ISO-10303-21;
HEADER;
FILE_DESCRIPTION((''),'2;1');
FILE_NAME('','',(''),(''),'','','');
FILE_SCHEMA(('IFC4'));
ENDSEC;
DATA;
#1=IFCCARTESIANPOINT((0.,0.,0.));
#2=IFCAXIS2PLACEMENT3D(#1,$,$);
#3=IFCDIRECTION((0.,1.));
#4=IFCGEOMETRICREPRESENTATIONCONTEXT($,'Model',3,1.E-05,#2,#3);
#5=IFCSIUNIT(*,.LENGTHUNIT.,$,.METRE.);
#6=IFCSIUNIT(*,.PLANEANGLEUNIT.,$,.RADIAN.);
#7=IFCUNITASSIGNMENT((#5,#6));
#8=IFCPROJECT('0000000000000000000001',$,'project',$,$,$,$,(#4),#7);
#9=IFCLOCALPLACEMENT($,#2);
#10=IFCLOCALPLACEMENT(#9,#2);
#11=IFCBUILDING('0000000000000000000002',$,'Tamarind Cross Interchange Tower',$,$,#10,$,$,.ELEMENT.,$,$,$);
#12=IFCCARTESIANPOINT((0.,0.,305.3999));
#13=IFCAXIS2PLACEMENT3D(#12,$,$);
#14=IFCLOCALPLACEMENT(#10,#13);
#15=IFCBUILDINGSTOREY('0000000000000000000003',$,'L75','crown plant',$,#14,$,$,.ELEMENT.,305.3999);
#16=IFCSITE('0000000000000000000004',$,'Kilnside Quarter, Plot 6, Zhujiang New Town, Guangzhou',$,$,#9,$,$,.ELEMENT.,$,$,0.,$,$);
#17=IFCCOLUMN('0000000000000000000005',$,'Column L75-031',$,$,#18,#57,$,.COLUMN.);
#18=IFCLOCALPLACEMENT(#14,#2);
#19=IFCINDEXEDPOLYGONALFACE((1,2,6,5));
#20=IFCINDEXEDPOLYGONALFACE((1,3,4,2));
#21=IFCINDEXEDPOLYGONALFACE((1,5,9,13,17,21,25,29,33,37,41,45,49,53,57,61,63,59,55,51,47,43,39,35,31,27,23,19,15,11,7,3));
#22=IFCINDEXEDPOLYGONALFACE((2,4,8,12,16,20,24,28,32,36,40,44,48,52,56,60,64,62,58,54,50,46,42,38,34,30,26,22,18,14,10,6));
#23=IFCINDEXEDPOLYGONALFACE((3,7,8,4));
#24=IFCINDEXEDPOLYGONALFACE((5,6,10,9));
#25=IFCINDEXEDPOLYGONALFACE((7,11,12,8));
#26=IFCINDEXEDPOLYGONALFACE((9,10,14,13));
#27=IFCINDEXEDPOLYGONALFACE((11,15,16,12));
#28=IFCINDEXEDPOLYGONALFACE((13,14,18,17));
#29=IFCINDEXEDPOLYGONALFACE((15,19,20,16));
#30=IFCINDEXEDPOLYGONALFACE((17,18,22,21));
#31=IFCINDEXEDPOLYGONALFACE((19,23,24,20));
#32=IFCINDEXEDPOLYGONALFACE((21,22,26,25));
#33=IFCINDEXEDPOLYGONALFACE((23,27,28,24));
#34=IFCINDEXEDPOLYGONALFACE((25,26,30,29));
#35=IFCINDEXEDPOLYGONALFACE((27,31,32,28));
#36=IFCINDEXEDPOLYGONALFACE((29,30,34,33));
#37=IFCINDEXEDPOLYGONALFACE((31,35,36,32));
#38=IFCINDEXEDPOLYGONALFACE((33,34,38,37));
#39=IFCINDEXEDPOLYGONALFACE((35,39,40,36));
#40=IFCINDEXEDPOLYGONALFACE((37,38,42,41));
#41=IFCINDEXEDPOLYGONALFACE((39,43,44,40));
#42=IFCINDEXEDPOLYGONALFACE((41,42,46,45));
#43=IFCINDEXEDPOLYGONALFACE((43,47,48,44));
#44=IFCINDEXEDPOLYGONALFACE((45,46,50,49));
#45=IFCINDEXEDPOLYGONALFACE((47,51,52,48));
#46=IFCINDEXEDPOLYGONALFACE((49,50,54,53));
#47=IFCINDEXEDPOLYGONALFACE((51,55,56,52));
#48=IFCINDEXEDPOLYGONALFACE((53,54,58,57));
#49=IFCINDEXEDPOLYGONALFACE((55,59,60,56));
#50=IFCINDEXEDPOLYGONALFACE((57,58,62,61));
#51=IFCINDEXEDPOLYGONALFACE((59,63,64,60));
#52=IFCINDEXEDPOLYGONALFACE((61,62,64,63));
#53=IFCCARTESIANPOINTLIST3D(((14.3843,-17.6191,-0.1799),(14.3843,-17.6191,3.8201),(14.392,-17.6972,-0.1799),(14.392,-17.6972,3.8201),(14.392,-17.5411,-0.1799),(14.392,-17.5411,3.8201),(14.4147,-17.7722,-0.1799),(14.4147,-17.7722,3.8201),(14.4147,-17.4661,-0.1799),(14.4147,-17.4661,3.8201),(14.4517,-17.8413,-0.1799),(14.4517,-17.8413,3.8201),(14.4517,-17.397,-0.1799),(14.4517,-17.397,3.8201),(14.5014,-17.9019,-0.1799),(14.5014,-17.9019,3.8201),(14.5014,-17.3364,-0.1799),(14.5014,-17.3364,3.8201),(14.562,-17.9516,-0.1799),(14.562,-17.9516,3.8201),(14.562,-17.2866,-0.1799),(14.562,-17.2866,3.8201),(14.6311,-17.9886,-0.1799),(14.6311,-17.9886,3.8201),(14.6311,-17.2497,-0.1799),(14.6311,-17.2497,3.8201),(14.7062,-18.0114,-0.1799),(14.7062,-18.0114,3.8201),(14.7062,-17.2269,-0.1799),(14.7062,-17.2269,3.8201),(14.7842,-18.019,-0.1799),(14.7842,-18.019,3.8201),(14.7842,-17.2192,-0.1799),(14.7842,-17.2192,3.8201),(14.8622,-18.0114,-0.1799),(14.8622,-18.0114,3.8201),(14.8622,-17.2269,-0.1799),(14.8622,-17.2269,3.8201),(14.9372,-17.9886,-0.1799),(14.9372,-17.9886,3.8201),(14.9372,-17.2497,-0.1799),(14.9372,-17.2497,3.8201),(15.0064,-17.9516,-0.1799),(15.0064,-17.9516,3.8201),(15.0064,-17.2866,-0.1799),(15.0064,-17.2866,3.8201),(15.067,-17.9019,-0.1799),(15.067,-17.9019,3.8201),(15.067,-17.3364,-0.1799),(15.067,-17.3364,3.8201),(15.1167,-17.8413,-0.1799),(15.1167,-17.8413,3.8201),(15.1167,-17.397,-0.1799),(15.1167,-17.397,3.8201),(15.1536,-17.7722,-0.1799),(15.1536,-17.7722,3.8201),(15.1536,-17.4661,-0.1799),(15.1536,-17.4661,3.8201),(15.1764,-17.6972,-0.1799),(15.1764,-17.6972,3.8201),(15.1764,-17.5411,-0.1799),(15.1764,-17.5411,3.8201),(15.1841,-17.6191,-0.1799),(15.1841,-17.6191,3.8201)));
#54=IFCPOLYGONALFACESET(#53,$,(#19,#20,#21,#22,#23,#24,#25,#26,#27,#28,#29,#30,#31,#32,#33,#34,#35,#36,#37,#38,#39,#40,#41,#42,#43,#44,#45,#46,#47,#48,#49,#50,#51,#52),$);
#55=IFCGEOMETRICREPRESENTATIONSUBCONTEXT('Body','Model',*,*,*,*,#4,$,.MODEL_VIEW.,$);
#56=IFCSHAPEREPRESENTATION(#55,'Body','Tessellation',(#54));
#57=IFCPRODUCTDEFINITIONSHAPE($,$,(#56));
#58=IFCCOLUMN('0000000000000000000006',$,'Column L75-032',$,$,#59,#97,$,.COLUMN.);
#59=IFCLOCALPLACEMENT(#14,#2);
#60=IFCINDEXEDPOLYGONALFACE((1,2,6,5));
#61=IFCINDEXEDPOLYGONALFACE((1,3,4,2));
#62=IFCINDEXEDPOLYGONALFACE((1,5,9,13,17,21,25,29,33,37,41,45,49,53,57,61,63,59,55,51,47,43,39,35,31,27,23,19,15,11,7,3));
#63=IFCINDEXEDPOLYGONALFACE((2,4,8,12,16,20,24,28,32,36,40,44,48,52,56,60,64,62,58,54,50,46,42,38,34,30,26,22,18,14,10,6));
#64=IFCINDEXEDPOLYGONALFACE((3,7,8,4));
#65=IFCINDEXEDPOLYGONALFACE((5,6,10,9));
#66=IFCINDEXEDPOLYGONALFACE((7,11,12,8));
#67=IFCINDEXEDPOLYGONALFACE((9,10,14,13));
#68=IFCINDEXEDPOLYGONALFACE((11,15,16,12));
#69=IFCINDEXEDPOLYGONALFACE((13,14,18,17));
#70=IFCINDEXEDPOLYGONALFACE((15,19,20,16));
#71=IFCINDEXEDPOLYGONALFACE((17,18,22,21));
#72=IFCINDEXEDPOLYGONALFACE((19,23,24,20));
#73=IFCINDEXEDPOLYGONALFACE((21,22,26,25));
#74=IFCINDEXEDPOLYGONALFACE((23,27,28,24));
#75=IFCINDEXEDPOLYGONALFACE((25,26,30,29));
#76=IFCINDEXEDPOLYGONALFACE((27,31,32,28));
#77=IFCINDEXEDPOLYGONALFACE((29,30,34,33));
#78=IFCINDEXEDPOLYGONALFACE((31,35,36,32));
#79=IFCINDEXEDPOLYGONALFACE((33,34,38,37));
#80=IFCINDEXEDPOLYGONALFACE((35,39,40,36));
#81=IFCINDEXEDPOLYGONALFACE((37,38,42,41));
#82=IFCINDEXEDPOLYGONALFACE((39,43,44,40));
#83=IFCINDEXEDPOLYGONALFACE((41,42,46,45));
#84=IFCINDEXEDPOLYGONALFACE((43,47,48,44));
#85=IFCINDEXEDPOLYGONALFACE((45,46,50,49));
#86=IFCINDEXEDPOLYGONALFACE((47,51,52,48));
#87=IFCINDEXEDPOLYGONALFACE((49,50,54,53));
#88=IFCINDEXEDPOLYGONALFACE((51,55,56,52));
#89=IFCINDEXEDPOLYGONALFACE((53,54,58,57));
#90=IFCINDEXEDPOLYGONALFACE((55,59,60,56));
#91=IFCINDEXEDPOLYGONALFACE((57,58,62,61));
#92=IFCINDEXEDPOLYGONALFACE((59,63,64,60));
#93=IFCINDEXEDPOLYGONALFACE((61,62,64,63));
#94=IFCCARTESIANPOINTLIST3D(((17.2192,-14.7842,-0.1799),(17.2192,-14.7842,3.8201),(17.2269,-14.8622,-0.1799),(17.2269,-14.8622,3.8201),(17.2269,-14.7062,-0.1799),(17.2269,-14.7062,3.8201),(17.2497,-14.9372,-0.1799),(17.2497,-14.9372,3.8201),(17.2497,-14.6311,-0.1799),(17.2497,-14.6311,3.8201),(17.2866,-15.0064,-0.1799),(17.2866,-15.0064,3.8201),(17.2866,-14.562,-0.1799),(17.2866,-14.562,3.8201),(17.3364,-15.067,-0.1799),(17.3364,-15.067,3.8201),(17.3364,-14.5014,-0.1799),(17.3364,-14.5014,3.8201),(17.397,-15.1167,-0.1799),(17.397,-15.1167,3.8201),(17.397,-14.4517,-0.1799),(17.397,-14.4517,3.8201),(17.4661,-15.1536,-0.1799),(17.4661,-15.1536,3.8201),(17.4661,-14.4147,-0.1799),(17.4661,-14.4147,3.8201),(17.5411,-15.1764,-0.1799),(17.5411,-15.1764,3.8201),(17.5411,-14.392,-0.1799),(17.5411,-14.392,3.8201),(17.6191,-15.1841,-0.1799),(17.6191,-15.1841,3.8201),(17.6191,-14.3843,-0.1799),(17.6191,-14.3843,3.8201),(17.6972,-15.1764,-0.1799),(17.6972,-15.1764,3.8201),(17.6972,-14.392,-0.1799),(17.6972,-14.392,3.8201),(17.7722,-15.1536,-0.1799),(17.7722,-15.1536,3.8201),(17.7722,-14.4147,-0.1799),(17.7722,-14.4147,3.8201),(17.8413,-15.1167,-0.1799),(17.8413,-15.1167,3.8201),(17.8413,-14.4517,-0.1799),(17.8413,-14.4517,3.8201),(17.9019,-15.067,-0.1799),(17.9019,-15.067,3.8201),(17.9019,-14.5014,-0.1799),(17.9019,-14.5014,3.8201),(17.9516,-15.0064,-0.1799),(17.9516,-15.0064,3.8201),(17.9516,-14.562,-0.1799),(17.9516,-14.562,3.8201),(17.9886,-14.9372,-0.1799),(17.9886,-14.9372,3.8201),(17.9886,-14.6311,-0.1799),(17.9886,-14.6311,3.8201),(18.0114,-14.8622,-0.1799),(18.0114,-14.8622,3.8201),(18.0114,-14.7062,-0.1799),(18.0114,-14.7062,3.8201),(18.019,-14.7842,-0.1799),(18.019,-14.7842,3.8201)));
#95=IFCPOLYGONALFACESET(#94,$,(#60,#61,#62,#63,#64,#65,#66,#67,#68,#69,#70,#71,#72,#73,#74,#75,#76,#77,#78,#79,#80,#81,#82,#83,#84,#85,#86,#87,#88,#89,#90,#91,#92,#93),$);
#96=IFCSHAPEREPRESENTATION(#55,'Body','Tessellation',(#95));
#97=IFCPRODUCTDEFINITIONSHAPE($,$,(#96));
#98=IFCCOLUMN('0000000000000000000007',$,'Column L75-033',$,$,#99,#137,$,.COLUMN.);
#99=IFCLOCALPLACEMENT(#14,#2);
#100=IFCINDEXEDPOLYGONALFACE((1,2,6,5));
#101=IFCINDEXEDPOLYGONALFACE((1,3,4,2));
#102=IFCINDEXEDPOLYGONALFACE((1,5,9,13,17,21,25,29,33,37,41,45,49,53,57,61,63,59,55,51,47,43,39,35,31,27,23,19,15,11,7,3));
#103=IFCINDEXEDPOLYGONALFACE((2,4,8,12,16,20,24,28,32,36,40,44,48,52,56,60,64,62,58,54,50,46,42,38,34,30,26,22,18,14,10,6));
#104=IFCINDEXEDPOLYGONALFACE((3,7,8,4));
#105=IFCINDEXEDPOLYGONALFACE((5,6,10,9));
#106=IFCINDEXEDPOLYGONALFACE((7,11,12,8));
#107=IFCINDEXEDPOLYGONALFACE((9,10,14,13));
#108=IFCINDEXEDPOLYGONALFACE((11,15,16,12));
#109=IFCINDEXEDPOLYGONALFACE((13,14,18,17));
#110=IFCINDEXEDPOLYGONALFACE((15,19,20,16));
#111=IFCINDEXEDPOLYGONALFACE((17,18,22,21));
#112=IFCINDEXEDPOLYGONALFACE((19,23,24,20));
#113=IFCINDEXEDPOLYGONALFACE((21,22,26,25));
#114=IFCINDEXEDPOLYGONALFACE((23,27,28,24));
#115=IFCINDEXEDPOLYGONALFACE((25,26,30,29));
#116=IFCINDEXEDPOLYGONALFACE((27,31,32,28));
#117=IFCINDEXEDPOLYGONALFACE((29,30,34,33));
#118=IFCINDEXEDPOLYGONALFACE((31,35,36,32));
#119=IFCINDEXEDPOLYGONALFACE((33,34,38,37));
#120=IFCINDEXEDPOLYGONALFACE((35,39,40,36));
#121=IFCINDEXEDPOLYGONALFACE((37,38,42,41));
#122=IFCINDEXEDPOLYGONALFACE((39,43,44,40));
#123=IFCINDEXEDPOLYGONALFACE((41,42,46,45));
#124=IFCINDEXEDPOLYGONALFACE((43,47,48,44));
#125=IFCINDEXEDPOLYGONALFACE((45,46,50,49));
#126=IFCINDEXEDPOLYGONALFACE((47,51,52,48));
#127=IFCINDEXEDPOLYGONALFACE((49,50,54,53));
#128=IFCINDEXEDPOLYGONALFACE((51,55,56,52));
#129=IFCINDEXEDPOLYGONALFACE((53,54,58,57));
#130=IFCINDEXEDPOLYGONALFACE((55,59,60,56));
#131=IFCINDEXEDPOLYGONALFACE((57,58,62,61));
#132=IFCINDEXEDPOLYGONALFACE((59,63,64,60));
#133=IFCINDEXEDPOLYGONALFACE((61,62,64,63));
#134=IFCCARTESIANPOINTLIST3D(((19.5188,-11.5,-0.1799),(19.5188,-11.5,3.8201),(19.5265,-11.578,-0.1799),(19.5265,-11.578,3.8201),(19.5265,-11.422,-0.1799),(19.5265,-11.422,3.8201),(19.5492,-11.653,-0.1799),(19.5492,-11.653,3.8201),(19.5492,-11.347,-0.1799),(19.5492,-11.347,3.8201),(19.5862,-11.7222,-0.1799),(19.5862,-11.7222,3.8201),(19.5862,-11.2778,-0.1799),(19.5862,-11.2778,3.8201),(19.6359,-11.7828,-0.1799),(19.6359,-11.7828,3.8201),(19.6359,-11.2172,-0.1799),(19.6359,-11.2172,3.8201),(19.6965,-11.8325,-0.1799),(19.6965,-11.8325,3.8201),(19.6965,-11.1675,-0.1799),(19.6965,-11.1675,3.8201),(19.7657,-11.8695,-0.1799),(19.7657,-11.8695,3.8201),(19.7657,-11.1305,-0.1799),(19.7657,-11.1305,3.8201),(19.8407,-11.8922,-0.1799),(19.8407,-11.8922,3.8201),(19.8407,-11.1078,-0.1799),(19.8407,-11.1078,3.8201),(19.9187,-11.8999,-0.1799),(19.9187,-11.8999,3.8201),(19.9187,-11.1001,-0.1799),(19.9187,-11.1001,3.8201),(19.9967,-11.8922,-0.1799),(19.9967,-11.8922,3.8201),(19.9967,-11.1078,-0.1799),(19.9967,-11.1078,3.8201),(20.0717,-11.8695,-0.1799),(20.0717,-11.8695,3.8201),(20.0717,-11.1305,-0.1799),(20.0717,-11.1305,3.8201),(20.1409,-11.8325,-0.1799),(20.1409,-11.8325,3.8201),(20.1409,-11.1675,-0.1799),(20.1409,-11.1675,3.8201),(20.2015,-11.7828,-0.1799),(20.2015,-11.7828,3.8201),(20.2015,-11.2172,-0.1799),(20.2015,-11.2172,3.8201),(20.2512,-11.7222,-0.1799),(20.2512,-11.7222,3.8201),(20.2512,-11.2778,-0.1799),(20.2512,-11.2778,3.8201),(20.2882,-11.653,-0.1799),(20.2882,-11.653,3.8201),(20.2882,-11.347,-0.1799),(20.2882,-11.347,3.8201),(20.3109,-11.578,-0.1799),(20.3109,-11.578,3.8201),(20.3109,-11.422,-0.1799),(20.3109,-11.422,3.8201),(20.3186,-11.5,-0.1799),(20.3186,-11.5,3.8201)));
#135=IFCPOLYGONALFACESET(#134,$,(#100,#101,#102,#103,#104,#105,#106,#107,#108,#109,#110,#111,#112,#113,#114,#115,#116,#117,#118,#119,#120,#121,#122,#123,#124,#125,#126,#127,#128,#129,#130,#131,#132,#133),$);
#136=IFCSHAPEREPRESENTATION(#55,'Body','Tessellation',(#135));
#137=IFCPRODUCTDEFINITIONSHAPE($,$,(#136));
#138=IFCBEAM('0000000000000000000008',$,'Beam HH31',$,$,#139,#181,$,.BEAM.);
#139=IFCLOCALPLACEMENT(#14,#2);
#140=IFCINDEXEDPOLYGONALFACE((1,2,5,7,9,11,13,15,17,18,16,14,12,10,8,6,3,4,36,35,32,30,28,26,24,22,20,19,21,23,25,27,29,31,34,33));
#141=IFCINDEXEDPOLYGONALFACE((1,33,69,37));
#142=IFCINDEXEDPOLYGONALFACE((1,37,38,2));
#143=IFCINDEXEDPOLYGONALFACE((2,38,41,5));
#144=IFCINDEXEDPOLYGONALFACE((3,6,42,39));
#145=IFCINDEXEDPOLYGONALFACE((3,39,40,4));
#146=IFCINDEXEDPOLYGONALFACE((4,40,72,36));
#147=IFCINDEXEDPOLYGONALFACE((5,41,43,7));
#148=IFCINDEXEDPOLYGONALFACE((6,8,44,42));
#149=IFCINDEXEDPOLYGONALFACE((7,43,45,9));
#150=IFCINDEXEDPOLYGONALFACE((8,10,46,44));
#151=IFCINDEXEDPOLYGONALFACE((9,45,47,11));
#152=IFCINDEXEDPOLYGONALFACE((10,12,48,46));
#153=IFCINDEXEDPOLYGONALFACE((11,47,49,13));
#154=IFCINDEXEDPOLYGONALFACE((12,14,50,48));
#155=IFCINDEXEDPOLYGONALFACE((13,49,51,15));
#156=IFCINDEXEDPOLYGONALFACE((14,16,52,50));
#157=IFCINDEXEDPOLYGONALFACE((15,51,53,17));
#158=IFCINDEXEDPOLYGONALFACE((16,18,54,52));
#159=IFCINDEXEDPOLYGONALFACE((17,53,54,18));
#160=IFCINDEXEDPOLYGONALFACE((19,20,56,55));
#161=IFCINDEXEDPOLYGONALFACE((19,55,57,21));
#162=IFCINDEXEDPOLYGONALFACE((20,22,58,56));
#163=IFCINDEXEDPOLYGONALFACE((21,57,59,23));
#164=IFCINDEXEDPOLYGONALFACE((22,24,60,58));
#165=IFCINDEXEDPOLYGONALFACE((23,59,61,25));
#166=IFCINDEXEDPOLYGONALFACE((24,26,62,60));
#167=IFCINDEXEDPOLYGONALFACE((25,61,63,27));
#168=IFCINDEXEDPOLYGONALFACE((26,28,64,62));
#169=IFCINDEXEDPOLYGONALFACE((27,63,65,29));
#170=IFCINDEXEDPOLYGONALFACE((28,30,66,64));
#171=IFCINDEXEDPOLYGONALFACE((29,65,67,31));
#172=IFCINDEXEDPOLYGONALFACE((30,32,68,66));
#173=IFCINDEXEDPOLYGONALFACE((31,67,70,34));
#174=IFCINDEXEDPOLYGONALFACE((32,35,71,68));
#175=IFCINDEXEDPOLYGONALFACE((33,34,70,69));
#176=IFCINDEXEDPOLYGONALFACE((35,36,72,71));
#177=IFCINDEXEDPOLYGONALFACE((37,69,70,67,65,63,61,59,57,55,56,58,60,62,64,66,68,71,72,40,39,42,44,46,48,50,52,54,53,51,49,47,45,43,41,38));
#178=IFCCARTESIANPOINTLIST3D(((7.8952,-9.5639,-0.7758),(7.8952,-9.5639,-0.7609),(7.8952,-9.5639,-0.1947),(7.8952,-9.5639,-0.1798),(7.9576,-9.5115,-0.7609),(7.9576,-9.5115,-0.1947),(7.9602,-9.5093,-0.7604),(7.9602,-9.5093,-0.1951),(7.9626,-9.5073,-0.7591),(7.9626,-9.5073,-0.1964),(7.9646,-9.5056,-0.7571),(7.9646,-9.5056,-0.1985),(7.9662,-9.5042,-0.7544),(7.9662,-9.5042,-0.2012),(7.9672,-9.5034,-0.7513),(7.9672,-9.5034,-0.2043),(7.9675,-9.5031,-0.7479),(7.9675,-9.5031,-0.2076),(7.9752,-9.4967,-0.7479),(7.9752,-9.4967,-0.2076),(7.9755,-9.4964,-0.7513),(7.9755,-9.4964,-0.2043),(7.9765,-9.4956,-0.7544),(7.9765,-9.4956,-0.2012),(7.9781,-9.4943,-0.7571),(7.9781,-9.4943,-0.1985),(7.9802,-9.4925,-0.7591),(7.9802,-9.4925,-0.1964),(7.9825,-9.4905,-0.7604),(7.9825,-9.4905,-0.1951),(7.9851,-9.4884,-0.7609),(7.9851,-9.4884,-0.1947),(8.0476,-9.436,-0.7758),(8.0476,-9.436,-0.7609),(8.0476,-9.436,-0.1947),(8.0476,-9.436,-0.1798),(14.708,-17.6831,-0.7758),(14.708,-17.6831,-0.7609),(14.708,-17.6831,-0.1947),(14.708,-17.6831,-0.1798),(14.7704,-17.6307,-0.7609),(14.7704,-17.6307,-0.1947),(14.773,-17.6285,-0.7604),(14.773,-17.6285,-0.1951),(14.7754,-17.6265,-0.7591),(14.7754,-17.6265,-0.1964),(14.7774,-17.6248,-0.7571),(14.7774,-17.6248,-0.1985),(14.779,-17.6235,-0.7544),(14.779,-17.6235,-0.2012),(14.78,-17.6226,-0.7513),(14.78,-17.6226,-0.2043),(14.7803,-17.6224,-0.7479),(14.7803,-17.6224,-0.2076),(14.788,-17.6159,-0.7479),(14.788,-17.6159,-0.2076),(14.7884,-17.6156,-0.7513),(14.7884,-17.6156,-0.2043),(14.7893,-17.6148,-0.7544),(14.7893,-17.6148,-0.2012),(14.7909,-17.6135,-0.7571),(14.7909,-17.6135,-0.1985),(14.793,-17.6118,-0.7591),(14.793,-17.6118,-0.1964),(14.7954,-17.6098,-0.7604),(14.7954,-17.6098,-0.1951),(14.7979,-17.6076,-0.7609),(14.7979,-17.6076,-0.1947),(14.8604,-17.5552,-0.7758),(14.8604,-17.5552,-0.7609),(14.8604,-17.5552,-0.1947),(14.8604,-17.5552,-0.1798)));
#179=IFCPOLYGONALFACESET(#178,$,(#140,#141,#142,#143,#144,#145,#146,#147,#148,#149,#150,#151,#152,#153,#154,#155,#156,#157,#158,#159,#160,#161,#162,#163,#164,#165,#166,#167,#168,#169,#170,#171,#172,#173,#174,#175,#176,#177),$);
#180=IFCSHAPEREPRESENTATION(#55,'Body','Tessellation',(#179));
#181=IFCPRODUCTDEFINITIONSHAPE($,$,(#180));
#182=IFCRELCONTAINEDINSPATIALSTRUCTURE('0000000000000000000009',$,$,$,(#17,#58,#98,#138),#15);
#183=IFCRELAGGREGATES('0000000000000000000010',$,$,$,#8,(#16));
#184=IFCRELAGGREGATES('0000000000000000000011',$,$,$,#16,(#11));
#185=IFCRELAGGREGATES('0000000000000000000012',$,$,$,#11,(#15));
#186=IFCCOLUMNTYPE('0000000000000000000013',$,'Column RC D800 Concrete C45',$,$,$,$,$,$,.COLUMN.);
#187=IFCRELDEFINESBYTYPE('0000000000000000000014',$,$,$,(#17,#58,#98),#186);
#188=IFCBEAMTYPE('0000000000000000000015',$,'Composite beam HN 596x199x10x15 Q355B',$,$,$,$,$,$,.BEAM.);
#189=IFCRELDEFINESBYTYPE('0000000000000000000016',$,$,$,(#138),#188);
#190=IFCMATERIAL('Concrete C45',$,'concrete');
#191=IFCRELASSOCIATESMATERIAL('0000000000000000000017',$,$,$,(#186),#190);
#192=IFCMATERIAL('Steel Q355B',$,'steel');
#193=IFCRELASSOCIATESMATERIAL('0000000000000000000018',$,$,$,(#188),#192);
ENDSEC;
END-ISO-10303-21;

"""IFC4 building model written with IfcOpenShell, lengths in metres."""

from ifc_helpers import new_model, si_unit, direction, frame, origin, origin_2d, place, context, subcontext, project, spatial, circle, i_section, extrude, material, material_profile, profile_set, type_object, element, save


model = new_model("IFC4")

# Units and contexts
model_context = context("Model", 3, precision=1e-05, world=origin(), true_north=direction((0.0, 1.0)))
body_context = subcontext(model_context, "Body", "Model", "MODEL_VIEW")
ifc_project = project(units=[si_unit("LENGTHUNIT", "METRE"), si_unit("PLANEANGLEUNIT", "RADIAN")], contexts=[model_context])

# Site, building, storey
site_placement = place(None, origin())
site = spatial("IfcSite", under=ifc_project, at=site_placement, Name="Kilnside Quarter, Plot 6, Zhujiang New Town, Guangzhou", CompositionType="ELEMENT", RefElevation=0.0)
building_placement = place(site_placement, origin())
building = spatial("IfcBuilding", under=site, at=building_placement, Name="Tamarind Cross Interchange Tower", CompositionType="ELEMENT")
storey_placement = place(building_placement, frame((0.0, 0.0, 305.3999)))
storey = spatial("IfcBuildingStorey", under=building, at=storey_placement, Name="L75", Description="crown plant", CompositionType="ELEMENT", Elevation=305.3999)

# Columns
ifc_material_1 = material(Name="Concrete C45", Category="concrete")
ifc_material_profile_1 = material_profile(ifc_material_1, circle(Radius=0.3999, at=origin_2d()), Name="RC D800")
ifc_profile_set_1 = profile_set([ifc_material_profile_1], Name="Concrete C45")
column_type = type_object("IfcColumnType", Name="Column RC D800 Concrete C45", PredefinedType="COLUMN", material=ifc_profile_set_1)
for number, where, z_axis, x_axis, name in (
    (1, (14.7842, -17.6191, -0.1799), (0.0, 0.0, 1.0), (1.0, 0.0, 0.0), "Column L75-031"),
    (2, (17.6191, -14.7842, -0.1799), (0.0, 0.0, 1.0), (1.0, 0.0, 0.0), "Column L75-032"),
    (3, (19.9187, -11.5, -0.1799), (0.0, 0.0, 1.0), (1.0, 0.0, 0.0), "Column L75-033"),
):
    element("IfcColumn", number, at=place(storey_placement, frame(where, z_axis=z_axis, x_axis=x_axis)), inside=storey, type_object=column_type, Name=name, PredefinedType="COLUMN", context=body_context, shape_type="SweptSolid", body=[
        extrude(circle(Radius=0.3999, at=origin_2d()), origin(), (0.0, 0.0, 1.0), 4.0),
    ])

# Beam
ifc_material_2 = material(Name="Steel Q355B", Category="steel")
ifc_material_profile_2 = material_profile(ifc_material_2, i_section(OverallWidth=0.199, OverallDepth=0.5959, WebThickness=0.01, FlangeThickness=0.0149, FilletRadius=0.0129, at=origin_2d()), Name="HN 596x199x10x15")
ifc_profile_set_2 = profile_set([ifc_material_profile_2], Name="Steel Q355B")
beam_type = type_object("IfcBeamType", Name="Composite beam HN 596x199x10x15 Q355B", PredefinedType="BEAM", material=ifc_profile_set_2)
beam_1_placement = place(storey_placement, frame((14.7842, -17.6191, -0.4778), z_axis=(-0.642786, 0.766046, 0.0), x_axis=(-0.766046, -0.642786, 0.0)))
element("IfcBeam", 4, at=beam_1_placement, inside=storey, type_object=beam_type, Name="Beam HH31", PredefinedType="BEAM", context=body_context, shape_type="SweptSolid", body=[
    extrude(i_section(OverallWidth=0.199, OverallDepth=0.5959, WebThickness=0.01, FlangeThickness=0.0149, FilletRadius=0.0129, at=origin_2d()), origin(), (0.0, 0.0, 1.0), 10.5989),
])

save(model, "model.ifc")
